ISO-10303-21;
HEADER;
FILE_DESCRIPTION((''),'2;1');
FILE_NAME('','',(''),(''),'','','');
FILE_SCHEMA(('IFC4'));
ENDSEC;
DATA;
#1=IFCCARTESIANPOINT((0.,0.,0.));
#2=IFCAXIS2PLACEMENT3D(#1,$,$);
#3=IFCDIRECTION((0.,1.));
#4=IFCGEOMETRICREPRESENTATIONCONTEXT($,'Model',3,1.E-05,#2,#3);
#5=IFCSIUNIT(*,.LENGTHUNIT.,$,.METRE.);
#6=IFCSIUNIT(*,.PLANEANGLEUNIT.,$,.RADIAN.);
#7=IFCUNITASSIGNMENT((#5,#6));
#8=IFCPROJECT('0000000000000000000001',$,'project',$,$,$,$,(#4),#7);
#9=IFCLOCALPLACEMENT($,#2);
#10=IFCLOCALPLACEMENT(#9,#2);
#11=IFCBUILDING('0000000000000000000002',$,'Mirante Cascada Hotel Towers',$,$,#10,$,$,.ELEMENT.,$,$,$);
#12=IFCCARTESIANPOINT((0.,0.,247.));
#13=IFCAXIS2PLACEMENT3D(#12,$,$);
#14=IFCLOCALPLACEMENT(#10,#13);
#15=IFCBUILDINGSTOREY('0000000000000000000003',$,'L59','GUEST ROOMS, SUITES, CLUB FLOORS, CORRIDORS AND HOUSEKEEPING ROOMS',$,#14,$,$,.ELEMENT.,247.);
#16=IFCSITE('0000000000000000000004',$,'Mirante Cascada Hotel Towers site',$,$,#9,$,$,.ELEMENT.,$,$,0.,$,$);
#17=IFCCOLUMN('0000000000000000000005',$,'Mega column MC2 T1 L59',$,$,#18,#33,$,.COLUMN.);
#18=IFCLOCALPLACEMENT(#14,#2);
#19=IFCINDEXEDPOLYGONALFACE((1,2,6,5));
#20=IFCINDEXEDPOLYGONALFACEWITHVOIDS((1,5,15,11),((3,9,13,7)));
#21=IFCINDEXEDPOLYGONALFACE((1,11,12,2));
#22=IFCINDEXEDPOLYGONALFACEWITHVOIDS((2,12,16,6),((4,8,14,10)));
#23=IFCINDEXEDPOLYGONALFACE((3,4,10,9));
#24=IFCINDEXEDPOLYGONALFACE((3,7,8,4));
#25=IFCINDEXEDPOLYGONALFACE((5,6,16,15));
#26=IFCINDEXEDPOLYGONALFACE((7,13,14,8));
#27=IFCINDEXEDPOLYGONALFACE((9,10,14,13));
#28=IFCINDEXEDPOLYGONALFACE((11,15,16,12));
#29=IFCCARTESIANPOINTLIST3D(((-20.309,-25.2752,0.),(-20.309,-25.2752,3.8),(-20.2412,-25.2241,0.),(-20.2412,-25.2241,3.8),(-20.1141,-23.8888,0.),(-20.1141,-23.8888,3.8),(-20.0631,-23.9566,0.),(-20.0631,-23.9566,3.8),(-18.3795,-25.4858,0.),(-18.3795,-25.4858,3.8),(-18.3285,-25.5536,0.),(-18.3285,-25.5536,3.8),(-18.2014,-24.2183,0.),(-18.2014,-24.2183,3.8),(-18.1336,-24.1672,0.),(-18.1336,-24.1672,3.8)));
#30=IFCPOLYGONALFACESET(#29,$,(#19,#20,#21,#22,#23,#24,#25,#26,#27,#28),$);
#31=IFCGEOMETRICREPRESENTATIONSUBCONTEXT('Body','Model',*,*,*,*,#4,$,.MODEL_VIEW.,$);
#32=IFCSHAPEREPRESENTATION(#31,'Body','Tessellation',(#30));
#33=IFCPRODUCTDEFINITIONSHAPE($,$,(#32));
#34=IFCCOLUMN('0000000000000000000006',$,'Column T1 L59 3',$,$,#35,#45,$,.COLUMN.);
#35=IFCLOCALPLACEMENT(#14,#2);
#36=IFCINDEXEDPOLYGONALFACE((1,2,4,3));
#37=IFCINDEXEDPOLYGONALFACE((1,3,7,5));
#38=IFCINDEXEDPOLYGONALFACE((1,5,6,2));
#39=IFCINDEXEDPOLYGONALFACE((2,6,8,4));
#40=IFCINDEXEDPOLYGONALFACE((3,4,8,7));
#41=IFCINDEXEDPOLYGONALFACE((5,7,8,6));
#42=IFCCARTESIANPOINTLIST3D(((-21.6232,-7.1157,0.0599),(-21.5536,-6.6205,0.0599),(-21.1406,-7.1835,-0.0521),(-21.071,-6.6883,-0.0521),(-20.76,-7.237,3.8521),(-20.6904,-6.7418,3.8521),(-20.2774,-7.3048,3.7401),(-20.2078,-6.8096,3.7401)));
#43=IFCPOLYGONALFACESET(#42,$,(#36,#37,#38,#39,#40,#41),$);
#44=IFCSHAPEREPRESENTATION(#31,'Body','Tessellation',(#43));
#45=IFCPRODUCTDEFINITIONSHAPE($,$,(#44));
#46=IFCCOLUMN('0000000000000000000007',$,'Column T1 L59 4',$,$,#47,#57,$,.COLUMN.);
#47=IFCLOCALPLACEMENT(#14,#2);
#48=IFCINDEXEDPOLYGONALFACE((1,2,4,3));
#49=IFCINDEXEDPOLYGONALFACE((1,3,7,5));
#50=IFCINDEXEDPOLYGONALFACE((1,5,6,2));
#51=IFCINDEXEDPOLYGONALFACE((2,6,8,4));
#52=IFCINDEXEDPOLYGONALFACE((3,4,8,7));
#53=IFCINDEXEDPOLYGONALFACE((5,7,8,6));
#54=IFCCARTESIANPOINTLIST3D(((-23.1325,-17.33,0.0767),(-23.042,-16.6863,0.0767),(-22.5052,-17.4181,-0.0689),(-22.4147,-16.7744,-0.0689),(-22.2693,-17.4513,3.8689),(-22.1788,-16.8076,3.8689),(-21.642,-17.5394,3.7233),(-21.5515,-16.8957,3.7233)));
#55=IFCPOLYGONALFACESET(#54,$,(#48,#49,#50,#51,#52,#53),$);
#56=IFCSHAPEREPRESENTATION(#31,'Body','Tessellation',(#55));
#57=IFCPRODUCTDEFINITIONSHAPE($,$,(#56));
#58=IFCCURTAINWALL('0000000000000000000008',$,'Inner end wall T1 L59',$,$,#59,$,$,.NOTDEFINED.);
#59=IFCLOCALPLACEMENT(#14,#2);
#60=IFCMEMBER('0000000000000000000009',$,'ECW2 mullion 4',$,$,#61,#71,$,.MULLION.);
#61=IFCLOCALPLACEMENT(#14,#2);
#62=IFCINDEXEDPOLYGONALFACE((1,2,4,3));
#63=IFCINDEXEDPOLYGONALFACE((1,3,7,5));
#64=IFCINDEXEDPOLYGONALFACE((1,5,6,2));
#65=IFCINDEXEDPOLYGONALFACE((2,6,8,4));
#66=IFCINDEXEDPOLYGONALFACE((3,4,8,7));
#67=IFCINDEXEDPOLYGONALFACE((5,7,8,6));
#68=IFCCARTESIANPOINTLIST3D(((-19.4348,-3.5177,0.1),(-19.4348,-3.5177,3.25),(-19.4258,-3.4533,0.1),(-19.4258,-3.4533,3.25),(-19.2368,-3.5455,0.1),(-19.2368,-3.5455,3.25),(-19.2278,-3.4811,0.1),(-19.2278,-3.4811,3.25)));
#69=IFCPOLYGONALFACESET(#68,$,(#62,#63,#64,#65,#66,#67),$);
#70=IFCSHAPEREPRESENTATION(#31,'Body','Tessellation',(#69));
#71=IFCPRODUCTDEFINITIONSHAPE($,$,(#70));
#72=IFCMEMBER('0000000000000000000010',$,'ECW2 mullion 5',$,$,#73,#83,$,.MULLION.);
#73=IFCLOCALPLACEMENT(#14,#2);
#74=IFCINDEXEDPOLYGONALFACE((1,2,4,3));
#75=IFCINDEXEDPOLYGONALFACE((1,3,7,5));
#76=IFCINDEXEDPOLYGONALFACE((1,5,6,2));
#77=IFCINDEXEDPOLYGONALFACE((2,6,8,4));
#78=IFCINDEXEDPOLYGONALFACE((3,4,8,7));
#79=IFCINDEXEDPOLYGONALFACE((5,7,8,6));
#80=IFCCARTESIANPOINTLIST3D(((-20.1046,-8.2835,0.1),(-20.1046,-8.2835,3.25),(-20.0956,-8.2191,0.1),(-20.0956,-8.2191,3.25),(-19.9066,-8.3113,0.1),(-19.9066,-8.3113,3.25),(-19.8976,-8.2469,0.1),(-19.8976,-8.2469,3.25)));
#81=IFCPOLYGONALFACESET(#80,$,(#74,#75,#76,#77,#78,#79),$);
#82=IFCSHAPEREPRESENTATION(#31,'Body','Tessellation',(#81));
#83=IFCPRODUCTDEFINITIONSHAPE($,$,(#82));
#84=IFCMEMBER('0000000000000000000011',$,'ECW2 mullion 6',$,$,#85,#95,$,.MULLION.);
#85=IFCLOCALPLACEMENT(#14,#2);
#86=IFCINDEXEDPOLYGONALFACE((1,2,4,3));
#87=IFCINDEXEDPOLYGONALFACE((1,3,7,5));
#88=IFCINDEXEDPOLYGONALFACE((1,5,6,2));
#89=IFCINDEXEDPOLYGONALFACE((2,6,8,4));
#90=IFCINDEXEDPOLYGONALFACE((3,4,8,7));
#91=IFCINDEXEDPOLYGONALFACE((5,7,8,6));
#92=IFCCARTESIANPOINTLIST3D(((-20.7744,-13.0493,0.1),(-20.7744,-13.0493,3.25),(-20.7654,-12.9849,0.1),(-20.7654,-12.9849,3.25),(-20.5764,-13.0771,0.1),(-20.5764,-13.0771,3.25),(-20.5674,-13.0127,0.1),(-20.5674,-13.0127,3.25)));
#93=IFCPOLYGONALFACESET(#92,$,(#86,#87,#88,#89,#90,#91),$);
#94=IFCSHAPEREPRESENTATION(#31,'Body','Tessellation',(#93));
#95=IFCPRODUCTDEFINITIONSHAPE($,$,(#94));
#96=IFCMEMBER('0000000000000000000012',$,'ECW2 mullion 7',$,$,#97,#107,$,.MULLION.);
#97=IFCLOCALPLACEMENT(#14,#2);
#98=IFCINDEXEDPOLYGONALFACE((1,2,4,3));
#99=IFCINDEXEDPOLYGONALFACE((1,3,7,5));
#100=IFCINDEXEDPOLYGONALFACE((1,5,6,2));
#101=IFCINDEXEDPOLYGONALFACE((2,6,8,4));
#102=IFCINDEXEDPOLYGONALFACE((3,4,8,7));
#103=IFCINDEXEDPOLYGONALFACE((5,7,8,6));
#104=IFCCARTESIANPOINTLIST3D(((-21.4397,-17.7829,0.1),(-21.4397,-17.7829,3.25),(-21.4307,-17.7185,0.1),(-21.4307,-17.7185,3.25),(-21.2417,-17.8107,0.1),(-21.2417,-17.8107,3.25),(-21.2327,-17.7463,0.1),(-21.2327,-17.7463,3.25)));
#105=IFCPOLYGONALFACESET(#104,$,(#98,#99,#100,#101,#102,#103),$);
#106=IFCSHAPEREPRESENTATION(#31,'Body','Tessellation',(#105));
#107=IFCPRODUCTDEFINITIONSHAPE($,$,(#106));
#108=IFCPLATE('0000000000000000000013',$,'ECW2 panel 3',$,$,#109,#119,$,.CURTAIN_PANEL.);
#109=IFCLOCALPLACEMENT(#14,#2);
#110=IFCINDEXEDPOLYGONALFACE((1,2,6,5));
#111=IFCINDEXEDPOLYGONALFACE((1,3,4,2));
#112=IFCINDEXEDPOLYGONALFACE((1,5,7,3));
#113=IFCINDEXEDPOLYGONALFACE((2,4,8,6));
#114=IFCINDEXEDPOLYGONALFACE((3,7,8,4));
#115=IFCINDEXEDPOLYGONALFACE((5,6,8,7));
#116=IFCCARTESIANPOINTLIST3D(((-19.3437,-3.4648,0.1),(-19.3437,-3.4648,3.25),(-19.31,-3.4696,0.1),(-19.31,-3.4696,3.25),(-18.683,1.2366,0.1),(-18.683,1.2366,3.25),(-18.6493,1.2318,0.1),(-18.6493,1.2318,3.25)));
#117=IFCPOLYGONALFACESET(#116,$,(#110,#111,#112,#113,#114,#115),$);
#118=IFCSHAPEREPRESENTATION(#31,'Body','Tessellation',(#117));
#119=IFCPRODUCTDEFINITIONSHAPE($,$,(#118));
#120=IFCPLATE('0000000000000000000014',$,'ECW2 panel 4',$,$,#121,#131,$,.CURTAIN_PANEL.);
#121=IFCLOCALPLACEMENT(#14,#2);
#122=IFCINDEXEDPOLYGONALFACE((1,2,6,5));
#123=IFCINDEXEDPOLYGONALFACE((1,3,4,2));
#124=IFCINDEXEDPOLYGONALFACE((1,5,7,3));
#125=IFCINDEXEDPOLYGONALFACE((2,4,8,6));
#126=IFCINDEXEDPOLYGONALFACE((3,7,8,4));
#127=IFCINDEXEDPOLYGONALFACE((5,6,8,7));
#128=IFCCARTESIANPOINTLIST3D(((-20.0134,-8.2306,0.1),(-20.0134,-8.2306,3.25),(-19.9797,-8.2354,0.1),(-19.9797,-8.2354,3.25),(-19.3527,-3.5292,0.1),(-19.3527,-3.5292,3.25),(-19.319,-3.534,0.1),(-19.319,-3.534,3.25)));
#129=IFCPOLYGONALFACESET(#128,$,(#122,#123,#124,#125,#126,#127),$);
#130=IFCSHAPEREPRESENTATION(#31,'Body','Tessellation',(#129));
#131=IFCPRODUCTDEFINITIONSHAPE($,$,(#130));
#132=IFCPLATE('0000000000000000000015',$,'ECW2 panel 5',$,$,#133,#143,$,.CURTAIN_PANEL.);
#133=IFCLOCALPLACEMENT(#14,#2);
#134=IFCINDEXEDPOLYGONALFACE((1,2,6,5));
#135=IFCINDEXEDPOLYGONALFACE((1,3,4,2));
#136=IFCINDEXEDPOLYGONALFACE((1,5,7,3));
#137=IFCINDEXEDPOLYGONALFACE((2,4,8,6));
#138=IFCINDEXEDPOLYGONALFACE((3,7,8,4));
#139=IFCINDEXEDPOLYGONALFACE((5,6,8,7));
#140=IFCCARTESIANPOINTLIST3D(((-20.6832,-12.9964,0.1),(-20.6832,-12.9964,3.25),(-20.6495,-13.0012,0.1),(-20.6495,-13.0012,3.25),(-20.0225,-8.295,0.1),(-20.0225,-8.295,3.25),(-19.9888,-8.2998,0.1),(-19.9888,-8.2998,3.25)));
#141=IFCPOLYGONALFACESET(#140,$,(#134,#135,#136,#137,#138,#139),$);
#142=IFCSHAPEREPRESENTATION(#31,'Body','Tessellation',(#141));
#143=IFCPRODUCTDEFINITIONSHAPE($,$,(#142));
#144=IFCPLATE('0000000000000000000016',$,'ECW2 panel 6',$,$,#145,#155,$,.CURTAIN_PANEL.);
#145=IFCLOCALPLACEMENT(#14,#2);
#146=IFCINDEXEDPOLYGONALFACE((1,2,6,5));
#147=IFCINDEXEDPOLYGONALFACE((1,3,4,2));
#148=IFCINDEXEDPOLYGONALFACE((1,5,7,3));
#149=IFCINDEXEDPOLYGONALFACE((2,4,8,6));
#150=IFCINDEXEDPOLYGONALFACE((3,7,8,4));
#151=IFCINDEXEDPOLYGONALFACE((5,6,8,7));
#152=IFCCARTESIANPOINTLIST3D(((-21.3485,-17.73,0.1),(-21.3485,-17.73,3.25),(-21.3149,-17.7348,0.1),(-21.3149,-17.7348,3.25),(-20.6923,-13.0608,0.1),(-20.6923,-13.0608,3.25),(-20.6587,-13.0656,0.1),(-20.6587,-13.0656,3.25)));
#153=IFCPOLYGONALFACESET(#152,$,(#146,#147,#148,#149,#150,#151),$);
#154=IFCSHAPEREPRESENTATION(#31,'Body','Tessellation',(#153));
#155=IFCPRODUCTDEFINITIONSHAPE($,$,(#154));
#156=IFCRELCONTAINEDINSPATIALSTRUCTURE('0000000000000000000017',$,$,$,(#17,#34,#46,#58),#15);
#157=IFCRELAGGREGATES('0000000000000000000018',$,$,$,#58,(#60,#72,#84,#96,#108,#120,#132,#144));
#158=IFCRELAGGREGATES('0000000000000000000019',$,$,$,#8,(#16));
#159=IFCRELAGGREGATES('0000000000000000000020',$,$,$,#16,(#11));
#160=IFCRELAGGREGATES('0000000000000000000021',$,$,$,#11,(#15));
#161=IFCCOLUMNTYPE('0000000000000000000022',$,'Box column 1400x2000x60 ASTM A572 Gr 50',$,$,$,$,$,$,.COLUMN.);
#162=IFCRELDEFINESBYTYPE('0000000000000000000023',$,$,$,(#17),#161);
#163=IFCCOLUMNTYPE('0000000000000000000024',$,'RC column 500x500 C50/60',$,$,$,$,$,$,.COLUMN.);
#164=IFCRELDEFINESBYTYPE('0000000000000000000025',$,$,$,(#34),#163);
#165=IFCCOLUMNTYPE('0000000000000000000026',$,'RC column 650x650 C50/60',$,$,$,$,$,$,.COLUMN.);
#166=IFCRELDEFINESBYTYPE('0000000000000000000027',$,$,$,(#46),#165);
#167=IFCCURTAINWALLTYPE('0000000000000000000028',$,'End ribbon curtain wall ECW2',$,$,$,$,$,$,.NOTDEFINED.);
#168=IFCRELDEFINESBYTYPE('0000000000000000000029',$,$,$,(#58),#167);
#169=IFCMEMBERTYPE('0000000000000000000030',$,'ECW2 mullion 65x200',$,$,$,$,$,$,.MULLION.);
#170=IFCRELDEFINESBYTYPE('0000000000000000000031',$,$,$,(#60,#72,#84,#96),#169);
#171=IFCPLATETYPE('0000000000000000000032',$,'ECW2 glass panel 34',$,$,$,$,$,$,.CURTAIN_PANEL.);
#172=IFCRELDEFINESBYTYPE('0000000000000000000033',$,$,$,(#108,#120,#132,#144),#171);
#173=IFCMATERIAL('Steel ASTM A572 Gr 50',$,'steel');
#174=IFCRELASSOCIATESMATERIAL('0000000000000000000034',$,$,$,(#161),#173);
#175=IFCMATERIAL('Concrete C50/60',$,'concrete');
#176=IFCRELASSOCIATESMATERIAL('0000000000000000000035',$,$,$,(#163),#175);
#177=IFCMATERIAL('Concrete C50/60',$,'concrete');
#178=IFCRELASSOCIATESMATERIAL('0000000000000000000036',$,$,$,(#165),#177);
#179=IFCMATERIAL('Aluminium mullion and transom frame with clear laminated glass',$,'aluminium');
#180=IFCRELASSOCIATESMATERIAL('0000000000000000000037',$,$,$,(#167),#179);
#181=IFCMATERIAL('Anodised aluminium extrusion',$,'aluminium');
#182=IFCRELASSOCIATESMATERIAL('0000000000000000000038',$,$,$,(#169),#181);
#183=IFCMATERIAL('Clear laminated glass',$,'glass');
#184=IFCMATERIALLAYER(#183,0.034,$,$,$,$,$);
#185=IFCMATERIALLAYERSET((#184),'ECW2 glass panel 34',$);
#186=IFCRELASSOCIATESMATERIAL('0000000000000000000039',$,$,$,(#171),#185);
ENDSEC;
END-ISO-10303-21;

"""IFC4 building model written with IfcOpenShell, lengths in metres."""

from ifc_helpers import new_model, si_unit, direction, frame, origin, origin_2d, place, context, subcontext, project, spatial, rectangle, hollow_rectangle, extrude, material, layer, layer_set, material_profile, profile_set, type_object, element, aggregate, save


model = new_model("IFC4")

# Units and contexts
model_context = context("Model", 3, precision=1e-05, world=origin(), true_north=direction((0.0, 1.0)))
body_context = subcontext(model_context, "Body", "Model", "MODEL_VIEW")
ifc_project = project(units=[si_unit("LENGTHUNIT", "METRE"), si_unit("PLANEANGLEUNIT", "RADIAN")], contexts=[model_context])

# Site, building, storey
site_placement = place(None, origin())
site = spatial("IfcSite", under=ifc_project, at=site_placement, Name="Mirante Cascada Hotel Towers site", CompositionType="ELEMENT", RefElevation=0.0)
building_placement = place(site_placement, origin())
building = spatial("IfcBuilding", under=site, at=building_placement, Name="Mirante Cascada Hotel Towers", CompositionType="ELEMENT")
storey_placement = place(building_placement, frame((0.0, 0.0, 247.0)))
storey = spatial("IfcBuildingStorey", under=building, at=storey_placement, Name="L59", Description="GUEST ROOMS, SUITES, CLUB FLOORS, CORRIDORS AND HOUSEKEEPING ROOMS", CompositionType="ELEMENT", Elevation=247.0)

# Columns
ifc_material_1 = material(Name="Steel ASTM A572 Gr 50", Category="steel")
ifc_material_profile_1 = material_profile(ifc_material_1, hollow_rectangle(XDim=2.0, YDim=1.4, WallThickness=0.06, at=origin_2d()), Name="Box column 1400x2000x60 ASTM A572 Gr 50")
ifc_profile_set_1 = profile_set([ifc_material_profile_1], Name="Steel ASTM A572 Gr 50")
column_type_1 = type_object("IfcColumnType", Name="Box column 1400x2000x60 ASTM A572 Gr 50", PredefinedType="COLUMN", material=ifc_profile_set_1)
column_1_placement = place(storey_placement, frame((-19.2213, -24.7212, 0.0), z_axis=(0.0, 0.0, 1.0), x_axis=(-0.990268, 0.139173, 0.0)))
element("IfcColumn", 1, at=column_1_placement, inside=storey, type_object=column_type_1, Name="Mega column MC2 T1 L59", PredefinedType="COLUMN", context=body_context, shape_type="SweptSolid", body=[
    extrude(hollow_rectangle(XDim=2.0, YDim=1.4, WallThickness=0.06, at=origin_2d()), origin(), (0.0, 0.0, 1.0), 3.8),
])
ifc_material_2 = material(Name="Concrete C50/60", Category="concrete")
ifc_material_profile_2 = material_profile(ifc_material_2, rectangle(XDim=0.5, YDim=0.5, at=origin_2d()), Name="RC column 500x500 C50/60")
ifc_profile_set_2 = profile_set([ifc_material_profile_2], Name="Concrete C50/60")
column_type_2 = type_object("IfcColumnType", Name="RC column 500x500 C50/60", PredefinedType="COLUMN", material=ifc_profile_set_2)
column_2_placement = place(storey_placement, frame((-21.3471, -6.902, 0.0039), z_axis=(0.22184, -0.031174, 0.974585), x_axis=(0.139156, 0.99027, 0.0)))
element("IfcColumn", 2, at=column_2_placement, inside=storey, type_object=column_type_2, Name="Column T1 L59 3", PredefinedType="COLUMN", context=body_context, shape_type="SweptSolid", body=[
    extrude(rectangle(XDim=0.5, YDim=0.5, at=origin_2d()), origin(), (0.0, 0.0, 1.0), 3.8911),
])
ifc_material_3 = material(Name="Concrete C50/60", Category="concrete")
ifc_material_profile_3 = material_profile(ifc_material_3, rectangle(XDim=0.65, YDim=0.65, at=origin_2d()), Name="RC column 650x650 C50/60")
ifc_profile_set_3 = profile_set([ifc_material_profile_3], Name="Concrete C50/60")
column_type_3 = type_object("IfcColumnType", Name="RC column 650x650 C50/60", PredefinedType="COLUMN", material=ifc_profile_set_3)
column_3_placement = place(storey_placement, frame((-22.7736, -17.0522, 0.0039), z_axis=(0.22184, -0.031174, 0.974585), x_axis=(0.139156, 0.99027, 0.0)))
element("IfcColumn", 3, at=column_3_placement, inside=storey, type_object=column_type_3, Name="Column T1 L59 4", PredefinedType="COLUMN", context=body_context, shape_type="SweptSolid", body=[
    extrude(rectangle(XDim=0.65, YDim=0.65, at=origin_2d()), origin(), (0.0, 0.0, 1.0), 3.8911),
])

# Curtain wall, members, plates
ifc_material_4 = material(Name="Aluminium mullion and transom frame with clear laminated glass", Category="aluminium")
curtain_wall_type = type_object("IfcCurtainWallType", Name="End ribbon curtain wall ECW2", PredefinedType="NOTDEFINED", material=ifc_material_4)
curtain_wall_placement = place(storey_placement, origin())
curtain_wall = element("IfcCurtainWall", 4, at=curtain_wall_placement, inside=storey, type_object=curtain_wall_type, Name="Inner end wall T1 L59", PredefinedType="NOTDEFINED")
ifc_material_5 = material(Name="Anodised aluminium extrusion", Category="aluminium")
ifc_material_profile_4 = material_profile(ifc_material_5, rectangle(XDim=0.2, YDim=0.065, at=origin_2d()), Name="ECW2 MULLION 65x200")
ifc_profile_set_4 = profile_set([ifc_material_profile_4], Name="Anodised aluminium extrusion")
member_type = type_object("IfcMemberType", Name="ECW2 mullion 65x200", PredefinedType="MULLION", material=ifc_profile_set_4)
member_1_placement = place(storey_placement, frame((-19.3313, -3.4994, 0.1), z_axis=(0.0, 0.0, 1.0), x_axis=(0.990268, -0.139173, 0.0)))
member_1 = element("IfcMember", 5, at=member_1_placement, type_object=member_type, Name="ECW2 mullion 4", PredefinedType="MULLION", context=body_context, shape_type="SweptSolid", body=[
    extrude(rectangle(XDim=0.2, YDim=0.065, at=origin_2d()), origin(), (0.0, 0.0, 1.0), 3.15),
])
member_2_placement = place(storey_placement, frame((-20.0011, -8.2652, 0.1), z_axis=(0.0, 0.0, 1.0), x_axis=(0.990268, -0.139173, 0.0)))
member_2 = element("IfcMember", 6, at=member_2_placement, type_object=member_type, Name="ECW2 mullion 5", PredefinedType="MULLION", context=body_context, shape_type="SweptSolid", body=[
    extrude(rectangle(XDim=0.2, YDim=0.065, at=origin_2d()), origin(), (0.0, 0.0, 1.0), 3.15),
])
member_3_placement = place(storey_placement, frame((-20.6709, -13.031, 0.1), z_axis=(0.0, 0.0, 1.0), x_axis=(0.990268, -0.139173, 0.0)))
member_3 = element("IfcMember", 7, at=member_3_placement, type_object=member_type, Name="ECW2 mullion 6", PredefinedType="MULLION", context=body_context, shape_type="SweptSolid", body=[
    extrude(rectangle(XDim=0.2, YDim=0.065, at=origin_2d()), origin(), (0.0, 0.0, 1.0), 3.15),
])
member_4_placement = place(storey_placement, frame((-21.3362, -17.7646, 0.1), z_axis=(0.0, 0.0, 1.0), x_axis=(0.990268, -0.139173, 0.0)))
member_4 = element("IfcMember", 8, at=member_4_placement, type_object=member_type, Name="ECW2 mullion 7", PredefinedType="MULLION", context=body_context, shape_type="SweptSolid", body=[
    extrude(rectangle(XDim=0.2, YDim=0.065, at=origin_2d()), origin(), (0.0, 0.0, 1.0), 3.15),
])
ifc_material_6 = material(Name="Clear laminated glass", Category="glass")
ifc_layer_1 = layer(ifc_material_6, 0.034)
ifc_layer_set_1 = layer_set([ifc_layer_1], Name="ECW2 glass panel 34")
plate_type = type_object("IfcPlateType", Name="ECW2 glass panel 34", PredefinedType="CURTAIN_PANEL", material=ifc_layer_set_1)
plate_1_placement = place(storey_placement, frame((-18.9965, -1.1165, 0.1), z_axis=(0.0, 0.0, 1.0), x_axis=(-0.139173, -0.990268, 0.0)))
plate_1 = element("IfcPlate", 9, at=plate_1_placement, type_object=plate_type, Name="ECW2 panel 3", PredefinedType="CURTAIN_PANEL", context=body_context, shape_type="SweptSolid", body=[
    extrude(rectangle(XDim=4.7476, YDim=0.034, at=origin_2d()), origin(), (0.0, 0.0, 1.0), 3.15),
])
plate_2_placement = place(storey_placement, frame((-19.6662, -5.8823, 0.1), z_axis=(0.0, 0.0, 1.0), x_axis=(-0.139173, -0.990268, 0.0)))
plate_2 = element("IfcPlate", 10, at=plate_2_placement, type_object=plate_type, Name="ECW2 panel 4", PredefinedType="CURTAIN_PANEL", context=body_context, shape_type="SweptSolid", body=[
    extrude(rectangle(XDim=4.7476, YDim=0.034, at=origin_2d()), origin(), (0.0, 0.0, 1.0), 3.15),
])
plate_3_placement = place(storey_placement, frame((-20.336, -10.6481, 0.1), z_axis=(0.0, 0.0, 1.0), x_axis=(-0.139173, -0.990268, 0.0)))
plate_3 = element("IfcPlate", 11, at=plate_3_placement, type_object=plate_type, Name="ECW2 panel 5", PredefinedType="CURTAIN_PANEL", context=body_context, shape_type="SweptSolid", body=[
    extrude(rectangle(XDim=4.7476, YDim=0.034, at=origin_2d()), origin(), (0.0, 0.0, 1.0), 3.15),
])
plate_4_placement = place(storey_placement, frame((-21.0036, -15.3978, 0.1), z_axis=(0.0, 0.0, 1.0), x_axis=(-0.139173, -0.990268, 0.0)))
plate_4 = element("IfcPlate", 12, at=plate_4_placement, type_object=plate_type, Name="ECW2 panel 6", PredefinedType="CURTAIN_PANEL", context=body_context, shape_type="SweptSolid", body=[
    extrude(rectangle(XDim=4.7151, YDim=0.034, at=origin_2d()), origin(), (0.0, 0.0, 1.0), 3.15),
])
aggregate(curtain_wall, [member_1, member_2, member_3, member_4, plate_1, plate_2, plate_3, plate_4])

save(model, "model.ifc")
